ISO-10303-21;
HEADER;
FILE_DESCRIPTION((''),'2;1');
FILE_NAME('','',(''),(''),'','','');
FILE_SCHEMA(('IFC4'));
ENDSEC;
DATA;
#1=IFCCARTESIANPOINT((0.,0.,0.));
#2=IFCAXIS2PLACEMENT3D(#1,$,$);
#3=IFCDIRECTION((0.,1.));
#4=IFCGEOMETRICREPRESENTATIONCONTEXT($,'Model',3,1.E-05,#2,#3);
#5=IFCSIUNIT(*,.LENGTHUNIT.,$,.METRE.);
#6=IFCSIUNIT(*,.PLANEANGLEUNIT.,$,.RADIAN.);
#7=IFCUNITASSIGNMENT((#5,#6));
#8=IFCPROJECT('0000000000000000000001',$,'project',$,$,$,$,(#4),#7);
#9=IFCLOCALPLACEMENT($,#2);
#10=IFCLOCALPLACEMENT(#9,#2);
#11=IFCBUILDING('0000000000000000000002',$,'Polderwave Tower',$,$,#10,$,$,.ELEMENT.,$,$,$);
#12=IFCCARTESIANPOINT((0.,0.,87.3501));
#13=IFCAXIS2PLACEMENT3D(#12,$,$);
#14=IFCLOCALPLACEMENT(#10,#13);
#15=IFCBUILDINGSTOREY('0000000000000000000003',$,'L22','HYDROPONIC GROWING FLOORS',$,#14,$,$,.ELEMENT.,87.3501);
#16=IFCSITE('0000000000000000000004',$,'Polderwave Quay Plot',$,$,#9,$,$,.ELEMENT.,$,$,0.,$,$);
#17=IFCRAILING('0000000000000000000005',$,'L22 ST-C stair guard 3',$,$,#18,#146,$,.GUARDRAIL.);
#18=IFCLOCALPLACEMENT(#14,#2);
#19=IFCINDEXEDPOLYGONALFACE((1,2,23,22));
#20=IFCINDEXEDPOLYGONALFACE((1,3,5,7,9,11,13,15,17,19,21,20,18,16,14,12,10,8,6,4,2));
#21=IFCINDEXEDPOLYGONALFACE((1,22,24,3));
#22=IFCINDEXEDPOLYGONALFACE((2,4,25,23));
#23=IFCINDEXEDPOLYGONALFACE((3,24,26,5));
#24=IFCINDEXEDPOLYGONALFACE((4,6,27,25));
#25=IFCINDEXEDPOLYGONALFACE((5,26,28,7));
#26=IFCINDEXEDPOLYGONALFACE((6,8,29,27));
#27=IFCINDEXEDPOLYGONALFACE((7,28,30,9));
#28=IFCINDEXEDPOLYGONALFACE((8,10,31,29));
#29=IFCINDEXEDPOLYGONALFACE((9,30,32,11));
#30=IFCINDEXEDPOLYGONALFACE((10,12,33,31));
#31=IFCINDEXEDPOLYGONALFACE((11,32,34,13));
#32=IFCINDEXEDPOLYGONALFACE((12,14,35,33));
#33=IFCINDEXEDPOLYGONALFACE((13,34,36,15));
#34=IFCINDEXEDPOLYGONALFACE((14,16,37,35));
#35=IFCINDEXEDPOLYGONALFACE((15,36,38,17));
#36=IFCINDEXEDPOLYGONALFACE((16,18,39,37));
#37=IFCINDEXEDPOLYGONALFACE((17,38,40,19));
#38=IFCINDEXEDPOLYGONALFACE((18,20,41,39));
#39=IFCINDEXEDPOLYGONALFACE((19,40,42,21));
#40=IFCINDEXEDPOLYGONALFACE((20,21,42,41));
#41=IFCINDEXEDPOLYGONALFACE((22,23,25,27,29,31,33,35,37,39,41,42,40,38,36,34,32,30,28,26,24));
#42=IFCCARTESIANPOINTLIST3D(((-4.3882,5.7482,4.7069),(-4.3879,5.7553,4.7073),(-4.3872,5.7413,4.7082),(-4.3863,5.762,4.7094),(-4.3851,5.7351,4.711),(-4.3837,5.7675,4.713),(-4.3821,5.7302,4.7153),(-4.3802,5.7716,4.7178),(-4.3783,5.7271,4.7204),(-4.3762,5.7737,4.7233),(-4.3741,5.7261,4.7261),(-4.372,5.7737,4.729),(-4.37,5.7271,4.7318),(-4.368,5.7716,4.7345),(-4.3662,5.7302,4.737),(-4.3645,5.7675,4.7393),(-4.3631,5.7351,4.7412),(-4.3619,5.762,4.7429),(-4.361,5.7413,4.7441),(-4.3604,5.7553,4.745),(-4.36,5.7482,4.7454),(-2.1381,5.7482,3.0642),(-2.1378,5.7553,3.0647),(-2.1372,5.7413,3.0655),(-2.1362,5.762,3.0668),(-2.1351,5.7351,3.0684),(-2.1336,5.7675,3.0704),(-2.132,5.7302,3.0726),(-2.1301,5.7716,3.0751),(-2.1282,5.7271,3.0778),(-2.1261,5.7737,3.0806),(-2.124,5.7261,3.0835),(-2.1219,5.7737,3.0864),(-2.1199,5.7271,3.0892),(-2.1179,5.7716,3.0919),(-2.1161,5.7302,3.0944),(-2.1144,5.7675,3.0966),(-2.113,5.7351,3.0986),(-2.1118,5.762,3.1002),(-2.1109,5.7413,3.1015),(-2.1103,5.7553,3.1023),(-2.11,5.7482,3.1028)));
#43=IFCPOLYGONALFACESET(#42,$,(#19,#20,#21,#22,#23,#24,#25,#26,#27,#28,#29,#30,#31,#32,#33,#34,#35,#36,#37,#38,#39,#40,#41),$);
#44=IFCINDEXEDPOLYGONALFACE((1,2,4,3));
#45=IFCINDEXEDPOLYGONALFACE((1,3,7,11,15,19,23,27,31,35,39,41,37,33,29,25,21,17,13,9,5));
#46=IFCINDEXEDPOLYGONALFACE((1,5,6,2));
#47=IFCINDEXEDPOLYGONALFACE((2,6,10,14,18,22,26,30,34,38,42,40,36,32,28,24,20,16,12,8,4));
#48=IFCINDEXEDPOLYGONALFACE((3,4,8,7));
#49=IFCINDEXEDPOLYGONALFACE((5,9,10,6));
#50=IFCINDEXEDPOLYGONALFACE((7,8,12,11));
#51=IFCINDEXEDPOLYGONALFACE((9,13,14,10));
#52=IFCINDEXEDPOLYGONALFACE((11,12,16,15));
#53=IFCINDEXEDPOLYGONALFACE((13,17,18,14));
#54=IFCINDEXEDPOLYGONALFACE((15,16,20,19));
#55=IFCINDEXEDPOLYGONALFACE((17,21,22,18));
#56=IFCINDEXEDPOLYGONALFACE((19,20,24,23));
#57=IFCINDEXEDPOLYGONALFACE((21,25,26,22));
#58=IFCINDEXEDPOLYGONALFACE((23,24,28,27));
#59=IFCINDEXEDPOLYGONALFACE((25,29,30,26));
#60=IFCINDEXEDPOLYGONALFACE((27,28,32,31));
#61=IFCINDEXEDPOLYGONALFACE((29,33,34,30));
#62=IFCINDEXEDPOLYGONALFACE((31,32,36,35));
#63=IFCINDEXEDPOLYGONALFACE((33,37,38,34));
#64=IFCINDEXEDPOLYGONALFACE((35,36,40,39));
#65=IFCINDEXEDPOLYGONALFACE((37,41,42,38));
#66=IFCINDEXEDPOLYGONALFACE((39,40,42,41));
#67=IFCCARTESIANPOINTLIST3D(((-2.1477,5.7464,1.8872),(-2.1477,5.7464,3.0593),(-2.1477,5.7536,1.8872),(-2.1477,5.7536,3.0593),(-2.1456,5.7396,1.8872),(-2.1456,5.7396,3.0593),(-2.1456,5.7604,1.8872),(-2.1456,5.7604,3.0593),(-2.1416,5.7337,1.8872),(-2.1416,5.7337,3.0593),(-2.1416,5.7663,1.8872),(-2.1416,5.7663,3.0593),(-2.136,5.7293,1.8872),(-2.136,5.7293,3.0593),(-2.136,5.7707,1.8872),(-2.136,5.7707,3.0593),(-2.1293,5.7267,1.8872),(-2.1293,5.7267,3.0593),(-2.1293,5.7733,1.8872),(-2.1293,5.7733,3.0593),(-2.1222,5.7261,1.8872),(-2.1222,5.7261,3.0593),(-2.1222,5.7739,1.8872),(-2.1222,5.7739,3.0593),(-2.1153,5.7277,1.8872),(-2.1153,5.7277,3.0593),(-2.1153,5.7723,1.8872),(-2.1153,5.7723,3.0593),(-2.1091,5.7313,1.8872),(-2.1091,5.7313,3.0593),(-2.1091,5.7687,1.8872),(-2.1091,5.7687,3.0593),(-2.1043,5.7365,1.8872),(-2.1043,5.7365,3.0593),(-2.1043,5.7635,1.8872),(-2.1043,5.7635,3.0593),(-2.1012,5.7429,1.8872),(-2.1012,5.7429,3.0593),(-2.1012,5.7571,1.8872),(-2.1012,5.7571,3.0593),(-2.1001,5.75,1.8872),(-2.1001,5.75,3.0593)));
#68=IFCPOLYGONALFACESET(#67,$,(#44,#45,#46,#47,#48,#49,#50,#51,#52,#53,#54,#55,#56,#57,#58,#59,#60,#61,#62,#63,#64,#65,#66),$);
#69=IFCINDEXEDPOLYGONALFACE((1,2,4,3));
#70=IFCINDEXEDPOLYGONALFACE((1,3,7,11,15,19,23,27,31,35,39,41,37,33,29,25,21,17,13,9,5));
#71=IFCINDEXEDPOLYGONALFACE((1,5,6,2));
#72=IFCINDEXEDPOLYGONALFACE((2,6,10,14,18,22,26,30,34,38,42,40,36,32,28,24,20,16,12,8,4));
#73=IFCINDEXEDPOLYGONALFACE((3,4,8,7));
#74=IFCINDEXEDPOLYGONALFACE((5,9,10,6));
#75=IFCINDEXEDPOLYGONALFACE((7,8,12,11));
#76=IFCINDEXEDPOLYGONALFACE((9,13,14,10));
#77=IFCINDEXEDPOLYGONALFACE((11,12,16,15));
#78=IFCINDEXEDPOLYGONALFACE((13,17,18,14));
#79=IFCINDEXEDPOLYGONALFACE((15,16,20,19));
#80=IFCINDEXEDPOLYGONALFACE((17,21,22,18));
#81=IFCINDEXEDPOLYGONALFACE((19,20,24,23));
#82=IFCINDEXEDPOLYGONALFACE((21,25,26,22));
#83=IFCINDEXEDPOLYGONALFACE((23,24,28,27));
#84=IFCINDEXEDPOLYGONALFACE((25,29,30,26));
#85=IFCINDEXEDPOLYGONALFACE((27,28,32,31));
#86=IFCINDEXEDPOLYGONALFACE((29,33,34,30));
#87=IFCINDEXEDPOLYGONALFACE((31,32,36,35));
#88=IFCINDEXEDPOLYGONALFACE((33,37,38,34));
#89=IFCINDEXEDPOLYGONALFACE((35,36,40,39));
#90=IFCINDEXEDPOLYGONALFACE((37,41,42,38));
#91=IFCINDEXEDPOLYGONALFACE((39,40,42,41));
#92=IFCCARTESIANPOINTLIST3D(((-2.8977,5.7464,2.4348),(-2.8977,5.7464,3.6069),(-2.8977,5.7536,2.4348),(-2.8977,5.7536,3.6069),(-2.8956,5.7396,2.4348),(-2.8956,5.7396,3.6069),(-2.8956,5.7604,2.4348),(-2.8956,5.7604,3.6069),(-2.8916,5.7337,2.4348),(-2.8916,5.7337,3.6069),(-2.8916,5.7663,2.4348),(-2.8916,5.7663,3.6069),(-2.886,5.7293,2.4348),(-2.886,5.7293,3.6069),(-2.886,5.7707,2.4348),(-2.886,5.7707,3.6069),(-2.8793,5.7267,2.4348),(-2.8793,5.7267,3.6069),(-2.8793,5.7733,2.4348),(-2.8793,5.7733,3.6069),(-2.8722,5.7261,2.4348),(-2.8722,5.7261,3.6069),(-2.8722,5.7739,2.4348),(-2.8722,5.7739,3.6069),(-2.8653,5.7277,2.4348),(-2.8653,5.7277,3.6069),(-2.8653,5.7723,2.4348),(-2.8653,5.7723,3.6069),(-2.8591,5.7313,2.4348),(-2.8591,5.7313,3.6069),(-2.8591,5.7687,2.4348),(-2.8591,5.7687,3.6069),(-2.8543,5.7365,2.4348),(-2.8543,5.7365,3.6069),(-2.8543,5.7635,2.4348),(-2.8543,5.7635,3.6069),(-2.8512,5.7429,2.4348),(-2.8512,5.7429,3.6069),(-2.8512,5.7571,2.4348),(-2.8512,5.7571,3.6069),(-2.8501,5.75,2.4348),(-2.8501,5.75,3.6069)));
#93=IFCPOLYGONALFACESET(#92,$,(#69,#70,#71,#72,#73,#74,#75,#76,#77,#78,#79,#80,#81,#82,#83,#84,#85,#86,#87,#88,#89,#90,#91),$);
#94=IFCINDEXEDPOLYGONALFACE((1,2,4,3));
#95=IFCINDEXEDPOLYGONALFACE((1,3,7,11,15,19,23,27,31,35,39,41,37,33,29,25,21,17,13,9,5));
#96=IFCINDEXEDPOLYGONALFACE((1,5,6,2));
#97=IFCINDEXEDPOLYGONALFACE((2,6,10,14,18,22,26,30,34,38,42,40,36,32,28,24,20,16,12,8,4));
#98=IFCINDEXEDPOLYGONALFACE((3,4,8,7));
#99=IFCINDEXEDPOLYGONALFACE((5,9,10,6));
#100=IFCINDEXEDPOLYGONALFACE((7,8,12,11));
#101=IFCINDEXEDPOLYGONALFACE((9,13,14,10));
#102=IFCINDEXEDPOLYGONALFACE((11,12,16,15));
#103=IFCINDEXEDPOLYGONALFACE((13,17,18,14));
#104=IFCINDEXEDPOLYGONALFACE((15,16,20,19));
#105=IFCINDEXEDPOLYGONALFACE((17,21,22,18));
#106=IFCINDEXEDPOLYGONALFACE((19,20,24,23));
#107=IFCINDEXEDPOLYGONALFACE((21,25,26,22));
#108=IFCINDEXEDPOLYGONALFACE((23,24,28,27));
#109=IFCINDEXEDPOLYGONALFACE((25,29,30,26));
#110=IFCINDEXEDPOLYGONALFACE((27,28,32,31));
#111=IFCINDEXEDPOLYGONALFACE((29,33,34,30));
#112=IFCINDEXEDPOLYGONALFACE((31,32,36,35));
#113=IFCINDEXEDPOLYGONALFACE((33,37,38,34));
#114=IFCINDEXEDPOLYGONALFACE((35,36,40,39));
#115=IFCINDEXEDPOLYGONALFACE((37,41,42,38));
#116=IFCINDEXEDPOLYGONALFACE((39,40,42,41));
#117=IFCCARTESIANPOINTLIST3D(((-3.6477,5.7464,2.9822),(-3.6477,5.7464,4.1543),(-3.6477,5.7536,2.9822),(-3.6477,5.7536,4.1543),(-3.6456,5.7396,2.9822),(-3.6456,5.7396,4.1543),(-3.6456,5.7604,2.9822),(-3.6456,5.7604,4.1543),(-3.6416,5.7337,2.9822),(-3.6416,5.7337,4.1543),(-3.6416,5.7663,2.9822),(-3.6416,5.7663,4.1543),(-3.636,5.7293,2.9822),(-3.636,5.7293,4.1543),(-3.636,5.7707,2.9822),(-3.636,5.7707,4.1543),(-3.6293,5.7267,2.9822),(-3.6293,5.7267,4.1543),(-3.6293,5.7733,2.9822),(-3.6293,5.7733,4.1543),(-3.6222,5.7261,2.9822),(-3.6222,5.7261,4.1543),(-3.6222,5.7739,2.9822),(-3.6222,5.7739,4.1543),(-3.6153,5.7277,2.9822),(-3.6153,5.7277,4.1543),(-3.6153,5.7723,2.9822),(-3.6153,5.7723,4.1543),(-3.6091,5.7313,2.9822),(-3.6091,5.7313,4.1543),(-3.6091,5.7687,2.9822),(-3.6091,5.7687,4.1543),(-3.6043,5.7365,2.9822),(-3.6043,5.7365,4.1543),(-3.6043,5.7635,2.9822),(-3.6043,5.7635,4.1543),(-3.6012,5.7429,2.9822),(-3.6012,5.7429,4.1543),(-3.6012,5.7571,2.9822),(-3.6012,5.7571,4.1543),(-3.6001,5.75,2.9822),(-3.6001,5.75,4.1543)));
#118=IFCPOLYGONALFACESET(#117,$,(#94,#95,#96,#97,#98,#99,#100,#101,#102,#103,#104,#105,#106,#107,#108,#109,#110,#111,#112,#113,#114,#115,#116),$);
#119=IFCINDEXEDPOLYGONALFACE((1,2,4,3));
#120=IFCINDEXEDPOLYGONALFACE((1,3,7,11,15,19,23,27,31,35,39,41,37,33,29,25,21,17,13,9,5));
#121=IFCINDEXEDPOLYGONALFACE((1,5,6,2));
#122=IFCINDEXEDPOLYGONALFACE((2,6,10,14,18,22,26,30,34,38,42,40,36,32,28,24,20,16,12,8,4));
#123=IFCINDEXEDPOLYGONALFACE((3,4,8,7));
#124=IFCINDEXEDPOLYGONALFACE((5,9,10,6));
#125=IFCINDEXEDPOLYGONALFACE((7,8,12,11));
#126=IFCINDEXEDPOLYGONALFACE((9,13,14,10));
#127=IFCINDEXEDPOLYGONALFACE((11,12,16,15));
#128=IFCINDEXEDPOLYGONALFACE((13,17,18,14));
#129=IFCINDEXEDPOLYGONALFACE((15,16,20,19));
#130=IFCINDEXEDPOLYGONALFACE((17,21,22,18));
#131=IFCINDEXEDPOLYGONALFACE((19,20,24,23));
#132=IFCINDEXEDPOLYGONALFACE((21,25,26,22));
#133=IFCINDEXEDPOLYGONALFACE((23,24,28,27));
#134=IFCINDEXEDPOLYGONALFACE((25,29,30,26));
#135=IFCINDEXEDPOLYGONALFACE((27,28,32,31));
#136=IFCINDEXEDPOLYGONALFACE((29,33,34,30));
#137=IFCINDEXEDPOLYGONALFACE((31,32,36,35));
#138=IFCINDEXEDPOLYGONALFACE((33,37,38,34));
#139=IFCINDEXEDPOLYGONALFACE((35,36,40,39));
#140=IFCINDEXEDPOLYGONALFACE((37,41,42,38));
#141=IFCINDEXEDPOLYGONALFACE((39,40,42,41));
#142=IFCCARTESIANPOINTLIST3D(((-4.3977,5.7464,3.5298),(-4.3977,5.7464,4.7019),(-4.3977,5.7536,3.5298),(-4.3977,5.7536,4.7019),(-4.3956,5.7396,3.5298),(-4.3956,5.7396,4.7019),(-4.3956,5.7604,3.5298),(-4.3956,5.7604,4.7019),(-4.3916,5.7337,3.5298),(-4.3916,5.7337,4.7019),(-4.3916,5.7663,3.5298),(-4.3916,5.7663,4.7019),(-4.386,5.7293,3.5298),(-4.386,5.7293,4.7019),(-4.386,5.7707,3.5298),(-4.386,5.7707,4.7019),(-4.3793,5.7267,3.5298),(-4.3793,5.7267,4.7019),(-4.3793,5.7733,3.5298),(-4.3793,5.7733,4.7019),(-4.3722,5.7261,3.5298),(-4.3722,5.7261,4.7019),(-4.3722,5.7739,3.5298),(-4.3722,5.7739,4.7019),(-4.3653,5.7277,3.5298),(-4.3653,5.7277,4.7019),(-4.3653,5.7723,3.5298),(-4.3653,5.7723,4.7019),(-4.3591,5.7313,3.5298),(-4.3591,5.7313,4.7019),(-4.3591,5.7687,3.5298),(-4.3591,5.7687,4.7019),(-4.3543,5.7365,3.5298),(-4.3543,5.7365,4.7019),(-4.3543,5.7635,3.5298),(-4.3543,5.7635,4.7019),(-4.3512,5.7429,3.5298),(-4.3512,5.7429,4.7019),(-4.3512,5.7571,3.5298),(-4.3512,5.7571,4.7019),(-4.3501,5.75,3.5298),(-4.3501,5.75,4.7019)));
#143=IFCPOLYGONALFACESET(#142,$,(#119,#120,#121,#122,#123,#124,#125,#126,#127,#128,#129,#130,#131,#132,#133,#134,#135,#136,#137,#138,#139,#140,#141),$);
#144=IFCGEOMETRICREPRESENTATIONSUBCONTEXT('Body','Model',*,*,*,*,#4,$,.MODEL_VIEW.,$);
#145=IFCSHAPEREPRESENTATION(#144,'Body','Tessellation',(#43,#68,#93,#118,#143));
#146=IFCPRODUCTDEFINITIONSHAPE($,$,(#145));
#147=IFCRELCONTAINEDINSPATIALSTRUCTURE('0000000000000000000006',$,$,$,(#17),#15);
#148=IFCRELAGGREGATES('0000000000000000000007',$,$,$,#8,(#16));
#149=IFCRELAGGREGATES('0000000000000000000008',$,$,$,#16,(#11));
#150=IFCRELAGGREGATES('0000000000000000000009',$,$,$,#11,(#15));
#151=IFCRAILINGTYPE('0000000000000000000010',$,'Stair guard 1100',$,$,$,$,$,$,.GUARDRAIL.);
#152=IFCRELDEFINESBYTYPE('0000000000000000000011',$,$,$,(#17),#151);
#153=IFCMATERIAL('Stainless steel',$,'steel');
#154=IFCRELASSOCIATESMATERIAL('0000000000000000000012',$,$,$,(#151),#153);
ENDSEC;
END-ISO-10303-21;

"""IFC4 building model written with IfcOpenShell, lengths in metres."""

from ifc_helpers import new_model, si_unit, direction, frame, origin, origin_2d, place, context, subcontext, project, spatial, circle, extrude, material, type_object, element, save


model = new_model("IFC4")

# Units and contexts
model_context = context("Model", 3, precision=1e-05, world=origin(), true_north=direction((0.0, 1.0)))
body_context = subcontext(model_context, "Body", "Model", "MODEL_VIEW")
ifc_project = project(units=[si_unit("LENGTHUNIT", "METRE"), si_unit("PLANEANGLEUNIT", "RADIAN")], contexts=[model_context])

# Site, building, storey
site_placement = place(None, origin())
site = spatial("IfcSite", under=ifc_project, at=site_placement, Name="Polderwave Quay Plot", CompositionType="ELEMENT", RefElevation=0.0)
building_placement = place(site_placement, origin())
building = spatial("IfcBuilding", under=site, at=building_placement, Name="Polderwave Tower", CompositionType="ELEMENT")
storey_placement = place(building_placement, frame((0.0, 0.0, 87.3501)))
storey = spatial("IfcBuildingStorey", under=building, at=storey_placement, Name="L22", Description="HYDROPONIC GROWING FLOORS", CompositionType="ELEMENT", Elevation=87.3501)

# Railing
ifc_material_1 = material(Name="Stainless steel", Category="steel")
railing_type_1 = type_object("IfcRailingType", Name="Stair guard 1100", PredefinedType="GUARDRAIL", material=ifc_material_1)
railing_1_placement = place(storey_placement, frame((-2.124, 5.75, 1.8872)))
element("IfcRailing", 1, at=railing_1_placement, inside=storey, type_object=railing_type_1, Name="L22 ST-C stair guard 3", PredefinedType="GUARDRAIL", context=body_context, shape_type="SweptSolid", body=[
    extrude(circle(Radius=0.0239, at=origin_2d()), frame((0.0, 0.0, 1.1963), z_axis=(-0.807674, 0.0, 0.58963), x_axis=(0.0, -1.0, 0.0)), (0.0, 0.0, 1.0), 2.7859),
    extrude(circle(Radius=0.0239, at=origin_2d()), origin(), (0.0, 0.0, 1.0), 1.1721),
    extrude(circle(Radius=0.0239, at=origin_2d()), frame((-0.75, 0.0, 0.5476)), (0.0, 0.0, 1.0), 1.1721),
    extrude(circle(Radius=0.0239, at=origin_2d()), frame((-1.5, 0.0, 1.095)), (0.0, 0.0, 1.0), 1.1721),
    extrude(circle(Radius=0.0239, at=origin_2d()), frame((-2.25, 0.0, 1.6426)), (0.0, 0.0, 1.0), 1.1721),
])

save(model, "model.ifc")
